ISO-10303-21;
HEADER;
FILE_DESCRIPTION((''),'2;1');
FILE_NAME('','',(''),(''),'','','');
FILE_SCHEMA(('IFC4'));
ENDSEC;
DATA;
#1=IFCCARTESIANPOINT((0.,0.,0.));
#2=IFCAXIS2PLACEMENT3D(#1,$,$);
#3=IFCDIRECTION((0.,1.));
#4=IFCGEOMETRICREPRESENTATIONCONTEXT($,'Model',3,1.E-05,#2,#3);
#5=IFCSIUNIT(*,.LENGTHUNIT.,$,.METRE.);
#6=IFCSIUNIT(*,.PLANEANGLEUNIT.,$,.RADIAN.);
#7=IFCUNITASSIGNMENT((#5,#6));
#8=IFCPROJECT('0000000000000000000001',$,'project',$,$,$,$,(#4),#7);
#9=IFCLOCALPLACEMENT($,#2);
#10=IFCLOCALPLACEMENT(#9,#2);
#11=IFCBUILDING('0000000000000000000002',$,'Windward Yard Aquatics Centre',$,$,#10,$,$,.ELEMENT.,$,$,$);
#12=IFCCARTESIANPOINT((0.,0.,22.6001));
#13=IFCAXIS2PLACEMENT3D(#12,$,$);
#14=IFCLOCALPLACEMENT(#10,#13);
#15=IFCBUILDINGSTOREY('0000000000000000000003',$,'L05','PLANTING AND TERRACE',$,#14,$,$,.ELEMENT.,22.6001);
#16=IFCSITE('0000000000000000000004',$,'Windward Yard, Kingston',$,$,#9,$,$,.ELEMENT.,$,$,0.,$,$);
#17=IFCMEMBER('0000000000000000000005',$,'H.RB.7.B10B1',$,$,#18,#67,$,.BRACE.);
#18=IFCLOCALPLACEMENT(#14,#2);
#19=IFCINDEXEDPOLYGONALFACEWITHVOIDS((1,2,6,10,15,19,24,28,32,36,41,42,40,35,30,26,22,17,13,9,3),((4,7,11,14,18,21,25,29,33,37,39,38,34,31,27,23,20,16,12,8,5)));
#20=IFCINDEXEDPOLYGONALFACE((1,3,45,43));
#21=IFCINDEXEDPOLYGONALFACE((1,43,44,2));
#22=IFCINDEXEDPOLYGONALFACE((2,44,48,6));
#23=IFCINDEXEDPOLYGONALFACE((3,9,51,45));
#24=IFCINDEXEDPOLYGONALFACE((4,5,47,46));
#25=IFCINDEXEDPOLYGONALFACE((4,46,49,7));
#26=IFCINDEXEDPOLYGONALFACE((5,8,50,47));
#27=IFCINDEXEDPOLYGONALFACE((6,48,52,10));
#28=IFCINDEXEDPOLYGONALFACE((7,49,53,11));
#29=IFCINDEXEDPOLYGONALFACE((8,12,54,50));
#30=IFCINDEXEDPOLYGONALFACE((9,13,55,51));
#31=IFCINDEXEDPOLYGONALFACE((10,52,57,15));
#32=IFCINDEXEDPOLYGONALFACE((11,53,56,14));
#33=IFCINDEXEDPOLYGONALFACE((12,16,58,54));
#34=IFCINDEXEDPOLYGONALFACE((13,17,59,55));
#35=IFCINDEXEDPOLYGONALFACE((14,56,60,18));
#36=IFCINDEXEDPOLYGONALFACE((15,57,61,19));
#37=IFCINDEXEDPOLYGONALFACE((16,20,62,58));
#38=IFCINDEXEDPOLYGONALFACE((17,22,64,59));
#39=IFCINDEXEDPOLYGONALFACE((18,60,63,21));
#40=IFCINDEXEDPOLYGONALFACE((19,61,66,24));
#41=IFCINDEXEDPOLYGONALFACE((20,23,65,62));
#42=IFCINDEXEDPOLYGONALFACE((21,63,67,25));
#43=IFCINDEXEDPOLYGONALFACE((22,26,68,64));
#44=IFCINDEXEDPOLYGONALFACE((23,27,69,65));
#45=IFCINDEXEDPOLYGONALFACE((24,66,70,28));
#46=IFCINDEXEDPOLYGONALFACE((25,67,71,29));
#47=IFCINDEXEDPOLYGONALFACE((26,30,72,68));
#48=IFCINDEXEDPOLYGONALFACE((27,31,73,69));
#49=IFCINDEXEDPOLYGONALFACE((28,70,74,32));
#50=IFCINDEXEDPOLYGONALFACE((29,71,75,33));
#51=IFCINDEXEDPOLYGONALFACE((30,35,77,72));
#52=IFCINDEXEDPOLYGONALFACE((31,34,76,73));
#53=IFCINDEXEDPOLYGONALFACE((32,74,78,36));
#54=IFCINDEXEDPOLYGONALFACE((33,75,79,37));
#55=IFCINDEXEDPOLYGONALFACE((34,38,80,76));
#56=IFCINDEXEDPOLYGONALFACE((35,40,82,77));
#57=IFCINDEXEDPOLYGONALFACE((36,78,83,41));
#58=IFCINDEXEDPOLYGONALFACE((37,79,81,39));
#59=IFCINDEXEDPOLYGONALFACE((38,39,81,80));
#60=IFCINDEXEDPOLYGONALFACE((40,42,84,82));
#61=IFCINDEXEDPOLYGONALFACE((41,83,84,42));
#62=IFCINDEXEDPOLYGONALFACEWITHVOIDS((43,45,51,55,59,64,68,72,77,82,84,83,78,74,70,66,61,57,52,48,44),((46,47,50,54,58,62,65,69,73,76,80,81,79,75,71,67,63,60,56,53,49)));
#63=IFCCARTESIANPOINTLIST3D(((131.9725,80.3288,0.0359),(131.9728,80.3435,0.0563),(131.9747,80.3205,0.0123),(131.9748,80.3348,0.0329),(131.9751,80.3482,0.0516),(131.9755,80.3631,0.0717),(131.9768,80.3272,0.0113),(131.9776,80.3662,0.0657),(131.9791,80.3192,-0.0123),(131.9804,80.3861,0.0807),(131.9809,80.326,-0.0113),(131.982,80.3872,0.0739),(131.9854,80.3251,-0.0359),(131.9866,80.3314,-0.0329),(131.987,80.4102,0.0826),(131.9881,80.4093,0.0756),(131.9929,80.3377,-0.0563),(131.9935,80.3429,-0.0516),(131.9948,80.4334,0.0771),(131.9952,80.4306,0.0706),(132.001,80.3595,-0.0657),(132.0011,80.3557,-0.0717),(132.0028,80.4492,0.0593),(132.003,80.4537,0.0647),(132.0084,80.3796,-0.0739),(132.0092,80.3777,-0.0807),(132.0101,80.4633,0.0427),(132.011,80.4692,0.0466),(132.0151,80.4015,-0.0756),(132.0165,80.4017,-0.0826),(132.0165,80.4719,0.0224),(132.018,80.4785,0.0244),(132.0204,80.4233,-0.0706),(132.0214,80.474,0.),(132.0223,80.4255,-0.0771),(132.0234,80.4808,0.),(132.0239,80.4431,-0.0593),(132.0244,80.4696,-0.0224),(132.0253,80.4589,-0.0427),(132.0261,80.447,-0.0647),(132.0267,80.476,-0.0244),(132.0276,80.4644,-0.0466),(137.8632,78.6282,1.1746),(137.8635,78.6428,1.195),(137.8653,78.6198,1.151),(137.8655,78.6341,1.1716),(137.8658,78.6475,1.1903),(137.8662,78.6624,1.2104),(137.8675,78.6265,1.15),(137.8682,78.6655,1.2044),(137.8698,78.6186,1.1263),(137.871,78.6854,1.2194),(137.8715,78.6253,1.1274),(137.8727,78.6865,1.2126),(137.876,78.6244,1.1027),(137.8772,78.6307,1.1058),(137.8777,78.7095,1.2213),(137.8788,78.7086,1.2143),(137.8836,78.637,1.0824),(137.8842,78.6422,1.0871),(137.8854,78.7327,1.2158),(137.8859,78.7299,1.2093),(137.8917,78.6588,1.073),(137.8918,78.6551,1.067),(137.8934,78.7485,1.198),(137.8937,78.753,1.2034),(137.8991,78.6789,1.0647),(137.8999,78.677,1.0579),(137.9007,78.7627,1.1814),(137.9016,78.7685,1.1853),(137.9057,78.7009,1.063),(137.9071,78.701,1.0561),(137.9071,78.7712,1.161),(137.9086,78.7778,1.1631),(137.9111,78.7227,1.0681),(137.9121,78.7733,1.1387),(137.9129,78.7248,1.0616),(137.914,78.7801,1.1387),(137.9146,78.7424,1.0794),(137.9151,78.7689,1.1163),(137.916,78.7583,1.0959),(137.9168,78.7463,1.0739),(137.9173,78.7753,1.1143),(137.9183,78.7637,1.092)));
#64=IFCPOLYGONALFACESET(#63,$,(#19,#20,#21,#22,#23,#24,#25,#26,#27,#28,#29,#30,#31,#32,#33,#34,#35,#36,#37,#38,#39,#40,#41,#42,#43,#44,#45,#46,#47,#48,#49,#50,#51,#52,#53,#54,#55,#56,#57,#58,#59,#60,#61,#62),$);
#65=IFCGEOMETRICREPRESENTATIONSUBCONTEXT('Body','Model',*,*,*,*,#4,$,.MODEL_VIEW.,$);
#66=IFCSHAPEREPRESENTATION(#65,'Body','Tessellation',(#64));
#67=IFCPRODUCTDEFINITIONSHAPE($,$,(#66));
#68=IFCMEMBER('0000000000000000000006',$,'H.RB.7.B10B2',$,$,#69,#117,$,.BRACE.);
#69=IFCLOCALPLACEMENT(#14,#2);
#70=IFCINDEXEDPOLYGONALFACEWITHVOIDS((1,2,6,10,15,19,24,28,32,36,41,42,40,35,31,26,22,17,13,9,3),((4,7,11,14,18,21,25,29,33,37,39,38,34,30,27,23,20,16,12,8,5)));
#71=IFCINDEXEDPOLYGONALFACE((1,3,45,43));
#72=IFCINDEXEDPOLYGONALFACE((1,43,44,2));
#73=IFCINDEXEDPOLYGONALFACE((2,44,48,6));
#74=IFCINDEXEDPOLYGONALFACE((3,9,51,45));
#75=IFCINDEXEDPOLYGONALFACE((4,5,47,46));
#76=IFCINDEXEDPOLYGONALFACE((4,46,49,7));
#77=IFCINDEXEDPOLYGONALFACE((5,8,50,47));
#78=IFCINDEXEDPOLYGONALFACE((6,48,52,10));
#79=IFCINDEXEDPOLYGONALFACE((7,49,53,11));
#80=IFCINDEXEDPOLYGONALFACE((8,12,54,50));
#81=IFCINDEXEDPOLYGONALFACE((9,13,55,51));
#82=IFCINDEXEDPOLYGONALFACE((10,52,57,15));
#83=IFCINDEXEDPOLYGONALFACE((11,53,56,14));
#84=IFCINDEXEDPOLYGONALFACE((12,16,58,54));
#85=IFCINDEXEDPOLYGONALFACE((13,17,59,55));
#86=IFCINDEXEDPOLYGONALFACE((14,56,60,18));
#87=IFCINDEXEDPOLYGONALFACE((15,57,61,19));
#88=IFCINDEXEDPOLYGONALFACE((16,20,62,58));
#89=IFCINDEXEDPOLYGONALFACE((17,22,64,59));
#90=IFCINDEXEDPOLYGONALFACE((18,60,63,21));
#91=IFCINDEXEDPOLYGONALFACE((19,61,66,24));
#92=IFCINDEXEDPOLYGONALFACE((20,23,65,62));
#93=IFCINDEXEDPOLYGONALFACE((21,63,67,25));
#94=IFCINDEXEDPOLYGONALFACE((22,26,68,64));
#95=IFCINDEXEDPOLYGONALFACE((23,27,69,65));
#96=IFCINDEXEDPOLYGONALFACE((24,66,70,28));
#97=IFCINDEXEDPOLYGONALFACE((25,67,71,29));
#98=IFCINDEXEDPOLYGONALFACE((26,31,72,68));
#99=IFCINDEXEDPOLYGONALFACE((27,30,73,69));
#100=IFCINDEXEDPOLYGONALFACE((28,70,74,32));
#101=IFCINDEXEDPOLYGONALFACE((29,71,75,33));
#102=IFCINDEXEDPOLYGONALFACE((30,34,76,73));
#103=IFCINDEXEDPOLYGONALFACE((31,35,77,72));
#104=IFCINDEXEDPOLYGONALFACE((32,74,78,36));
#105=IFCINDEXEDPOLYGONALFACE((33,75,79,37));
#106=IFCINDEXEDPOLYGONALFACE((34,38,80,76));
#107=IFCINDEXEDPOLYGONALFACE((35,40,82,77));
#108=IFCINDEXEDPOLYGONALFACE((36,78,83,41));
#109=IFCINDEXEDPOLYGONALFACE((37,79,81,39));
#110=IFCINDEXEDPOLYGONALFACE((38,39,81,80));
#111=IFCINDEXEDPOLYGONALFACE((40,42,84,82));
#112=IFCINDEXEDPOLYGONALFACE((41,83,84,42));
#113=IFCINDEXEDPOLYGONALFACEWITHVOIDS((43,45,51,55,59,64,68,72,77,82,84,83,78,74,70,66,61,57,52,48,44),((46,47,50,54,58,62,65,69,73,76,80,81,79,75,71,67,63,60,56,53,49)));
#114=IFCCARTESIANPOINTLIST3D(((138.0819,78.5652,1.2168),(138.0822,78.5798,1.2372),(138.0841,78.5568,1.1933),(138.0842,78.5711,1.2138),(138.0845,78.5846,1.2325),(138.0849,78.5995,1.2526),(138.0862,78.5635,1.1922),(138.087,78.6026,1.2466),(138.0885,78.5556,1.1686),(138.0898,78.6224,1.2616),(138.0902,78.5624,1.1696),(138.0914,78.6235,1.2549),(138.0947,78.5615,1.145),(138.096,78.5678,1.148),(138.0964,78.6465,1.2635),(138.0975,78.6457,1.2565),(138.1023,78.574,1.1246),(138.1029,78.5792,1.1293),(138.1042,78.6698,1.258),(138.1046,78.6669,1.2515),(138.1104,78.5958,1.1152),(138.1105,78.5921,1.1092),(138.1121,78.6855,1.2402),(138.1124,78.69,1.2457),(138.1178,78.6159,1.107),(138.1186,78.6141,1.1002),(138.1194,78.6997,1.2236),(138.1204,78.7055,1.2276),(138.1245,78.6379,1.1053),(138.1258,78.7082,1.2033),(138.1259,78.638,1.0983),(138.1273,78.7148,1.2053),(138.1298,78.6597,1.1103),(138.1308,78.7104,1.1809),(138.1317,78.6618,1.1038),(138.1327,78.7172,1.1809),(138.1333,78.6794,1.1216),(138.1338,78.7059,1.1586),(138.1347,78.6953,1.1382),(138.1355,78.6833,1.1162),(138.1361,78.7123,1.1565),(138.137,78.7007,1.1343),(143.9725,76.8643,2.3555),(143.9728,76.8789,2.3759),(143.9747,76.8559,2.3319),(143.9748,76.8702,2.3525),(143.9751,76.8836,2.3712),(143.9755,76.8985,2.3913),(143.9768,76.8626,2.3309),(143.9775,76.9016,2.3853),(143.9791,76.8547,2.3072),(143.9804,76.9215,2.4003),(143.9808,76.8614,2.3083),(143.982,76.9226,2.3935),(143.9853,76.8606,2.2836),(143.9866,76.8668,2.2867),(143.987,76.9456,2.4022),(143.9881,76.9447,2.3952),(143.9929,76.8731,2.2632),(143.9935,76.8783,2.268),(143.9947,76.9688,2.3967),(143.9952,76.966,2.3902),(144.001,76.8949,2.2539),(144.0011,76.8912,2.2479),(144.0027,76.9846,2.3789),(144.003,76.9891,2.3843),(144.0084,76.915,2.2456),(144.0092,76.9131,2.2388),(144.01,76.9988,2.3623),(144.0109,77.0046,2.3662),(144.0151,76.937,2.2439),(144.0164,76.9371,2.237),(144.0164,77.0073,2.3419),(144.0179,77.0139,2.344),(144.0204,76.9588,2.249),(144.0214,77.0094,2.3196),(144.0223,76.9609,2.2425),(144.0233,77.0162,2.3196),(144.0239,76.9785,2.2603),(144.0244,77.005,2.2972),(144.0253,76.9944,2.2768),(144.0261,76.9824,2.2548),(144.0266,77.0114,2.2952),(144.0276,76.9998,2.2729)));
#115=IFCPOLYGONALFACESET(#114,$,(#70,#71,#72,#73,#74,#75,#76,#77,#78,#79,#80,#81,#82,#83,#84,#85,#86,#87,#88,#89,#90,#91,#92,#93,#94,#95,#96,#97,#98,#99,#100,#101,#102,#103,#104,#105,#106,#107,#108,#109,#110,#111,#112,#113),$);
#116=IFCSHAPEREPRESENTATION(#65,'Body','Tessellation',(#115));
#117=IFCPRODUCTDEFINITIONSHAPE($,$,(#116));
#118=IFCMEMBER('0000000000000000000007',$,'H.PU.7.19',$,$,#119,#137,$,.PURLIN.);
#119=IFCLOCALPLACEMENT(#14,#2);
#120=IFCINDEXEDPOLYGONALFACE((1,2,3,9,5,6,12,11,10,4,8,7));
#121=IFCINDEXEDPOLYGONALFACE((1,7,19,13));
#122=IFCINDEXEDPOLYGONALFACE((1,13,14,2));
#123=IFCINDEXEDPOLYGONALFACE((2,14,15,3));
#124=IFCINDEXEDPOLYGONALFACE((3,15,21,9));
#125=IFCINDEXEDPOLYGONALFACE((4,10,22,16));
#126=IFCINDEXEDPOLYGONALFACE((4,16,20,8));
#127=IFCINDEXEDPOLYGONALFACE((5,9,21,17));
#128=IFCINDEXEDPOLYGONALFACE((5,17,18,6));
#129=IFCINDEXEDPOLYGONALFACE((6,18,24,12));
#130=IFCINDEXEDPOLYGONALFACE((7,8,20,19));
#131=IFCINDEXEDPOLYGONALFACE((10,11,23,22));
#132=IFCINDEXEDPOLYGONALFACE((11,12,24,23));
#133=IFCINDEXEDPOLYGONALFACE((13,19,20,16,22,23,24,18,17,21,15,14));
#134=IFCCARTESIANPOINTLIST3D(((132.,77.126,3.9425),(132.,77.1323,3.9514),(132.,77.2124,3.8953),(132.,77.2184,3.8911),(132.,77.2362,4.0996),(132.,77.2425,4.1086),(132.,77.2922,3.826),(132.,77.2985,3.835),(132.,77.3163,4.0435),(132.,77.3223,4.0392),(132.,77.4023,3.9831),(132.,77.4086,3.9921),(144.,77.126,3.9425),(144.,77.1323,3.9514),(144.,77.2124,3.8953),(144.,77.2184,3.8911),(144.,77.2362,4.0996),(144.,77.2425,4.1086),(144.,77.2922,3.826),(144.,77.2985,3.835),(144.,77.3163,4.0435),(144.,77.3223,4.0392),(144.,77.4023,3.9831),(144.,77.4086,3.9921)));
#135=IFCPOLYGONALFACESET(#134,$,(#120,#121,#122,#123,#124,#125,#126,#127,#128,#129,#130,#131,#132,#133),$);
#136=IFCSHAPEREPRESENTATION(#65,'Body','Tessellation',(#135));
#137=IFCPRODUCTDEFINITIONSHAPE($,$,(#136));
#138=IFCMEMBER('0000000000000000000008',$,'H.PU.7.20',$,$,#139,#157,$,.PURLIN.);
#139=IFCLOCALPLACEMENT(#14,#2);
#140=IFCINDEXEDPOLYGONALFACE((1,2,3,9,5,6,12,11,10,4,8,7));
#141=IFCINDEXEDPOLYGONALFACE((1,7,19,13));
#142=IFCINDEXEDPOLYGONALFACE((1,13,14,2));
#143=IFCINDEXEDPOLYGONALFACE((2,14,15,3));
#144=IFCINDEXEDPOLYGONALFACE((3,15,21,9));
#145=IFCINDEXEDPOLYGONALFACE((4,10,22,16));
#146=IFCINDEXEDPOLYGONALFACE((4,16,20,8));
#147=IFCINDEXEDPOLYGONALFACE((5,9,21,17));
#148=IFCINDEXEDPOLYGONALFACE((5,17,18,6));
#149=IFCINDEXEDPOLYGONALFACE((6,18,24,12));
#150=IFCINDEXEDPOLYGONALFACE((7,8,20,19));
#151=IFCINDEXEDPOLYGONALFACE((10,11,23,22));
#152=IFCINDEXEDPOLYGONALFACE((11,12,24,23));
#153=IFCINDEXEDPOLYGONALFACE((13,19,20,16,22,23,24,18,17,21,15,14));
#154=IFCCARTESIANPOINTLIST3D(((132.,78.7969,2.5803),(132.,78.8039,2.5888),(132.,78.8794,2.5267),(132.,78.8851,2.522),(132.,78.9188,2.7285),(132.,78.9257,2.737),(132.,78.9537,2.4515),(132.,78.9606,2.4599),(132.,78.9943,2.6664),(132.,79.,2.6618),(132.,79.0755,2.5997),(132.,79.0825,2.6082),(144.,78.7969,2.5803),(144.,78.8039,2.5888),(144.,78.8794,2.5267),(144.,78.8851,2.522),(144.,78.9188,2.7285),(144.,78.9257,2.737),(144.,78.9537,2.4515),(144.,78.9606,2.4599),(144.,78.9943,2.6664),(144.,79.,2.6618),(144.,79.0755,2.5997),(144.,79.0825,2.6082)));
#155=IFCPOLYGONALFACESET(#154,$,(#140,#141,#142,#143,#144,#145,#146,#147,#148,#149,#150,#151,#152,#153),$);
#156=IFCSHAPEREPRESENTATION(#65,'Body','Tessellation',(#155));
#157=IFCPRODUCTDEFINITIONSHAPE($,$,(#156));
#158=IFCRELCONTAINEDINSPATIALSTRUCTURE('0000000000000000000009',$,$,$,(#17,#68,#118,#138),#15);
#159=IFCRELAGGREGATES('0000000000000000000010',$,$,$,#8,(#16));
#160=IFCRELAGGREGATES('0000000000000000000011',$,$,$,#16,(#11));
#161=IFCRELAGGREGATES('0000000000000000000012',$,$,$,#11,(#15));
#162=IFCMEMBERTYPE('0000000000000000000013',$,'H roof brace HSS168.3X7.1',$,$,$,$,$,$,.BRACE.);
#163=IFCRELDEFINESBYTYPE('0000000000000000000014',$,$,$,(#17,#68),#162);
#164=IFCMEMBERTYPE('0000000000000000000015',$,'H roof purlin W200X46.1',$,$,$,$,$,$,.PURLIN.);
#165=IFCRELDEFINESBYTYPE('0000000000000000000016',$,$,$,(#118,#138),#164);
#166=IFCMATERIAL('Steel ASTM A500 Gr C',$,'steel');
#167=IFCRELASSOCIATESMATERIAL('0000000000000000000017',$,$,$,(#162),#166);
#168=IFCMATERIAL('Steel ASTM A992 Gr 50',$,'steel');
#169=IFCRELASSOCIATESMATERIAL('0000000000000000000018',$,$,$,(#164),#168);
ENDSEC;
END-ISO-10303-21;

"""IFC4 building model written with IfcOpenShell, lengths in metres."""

from ifc_helpers import new_model, si_unit, direction, frame, origin, origin_2d, place, context, subcontext, project, spatial, hollow_circle, i_section, extrude, material, material_profile, profile_set, type_object, element, save


model = new_model("IFC4")

# Units and contexts
model_context = context("Model", 3, precision=1e-05, world=origin(), true_north=direction((0.0, 1.0)))
body_context = subcontext(model_context, "Body", "Model", "MODEL_VIEW")
ifc_project = project(units=[si_unit("LENGTHUNIT", "METRE"), si_unit("PLANEANGLEUNIT", "RADIAN")], contexts=[model_context])

# Site, building, storey
site_placement = place(None, origin())
site = spatial("IfcSite", under=ifc_project, at=site_placement, Name="Windward Yard, Kingston", CompositionType="ELEMENT", RefElevation=0.0)
building_placement = place(site_placement, origin())
building = spatial("IfcBuilding", under=site, at=building_placement, Name="Windward Yard Aquatics Centre", CompositionType="ELEMENT")
storey_placement = place(building_placement, frame((0.0, 0.0, 22.6001)))
storey = spatial("IfcBuildingStorey", under=building, at=storey_placement, Name="L05", Description="PLANTING AND TERRACE", CompositionType="ELEMENT", Elevation=22.6001)

# Shared definitions
ifc_material_1 = material(Name="Steel ASTM A500 Gr C", Category="steel")

# Shared definitions
ifc_material_2 = material(Name="Steel ASTM A992 Gr 50", Category="steel")

# Members
ifc_material_profile_1 = material_profile(ifc_material_1, hollow_circle(Radius=0.0842, WallThickness=0.0071, at=origin_2d()), Name="HSS168.3X7.1")
ifc_profile_set_1 = profile_set([ifc_material_profile_1], Name="Steel ASTM A500 Gr C")
member_type_1 = type_object("IfcMemberType", Name="H roof brace HSS168.3X7.1", PredefinedType="BRACE", material=ifc_profile_set_1)
for number, where, z_axis, x_axis, name in (
    (1, (132.0, 80.3999, 0.0), (0.944608, -0.272718, 0.182595), (0.277381, 0.96076, 0.0), "H.RB.7.B10B1"),
    (2, (138.1094, 78.6362, 1.1809), (0.944598, -0.272754, 0.182593), (0.277418, 0.960749, 0.0), "H.RB.7.B10B2"),
):
    element("IfcMember", number, at=place(storey_placement, frame(where, z_axis=z_axis, x_axis=x_axis)), inside=storey, type_object=member_type_1, Name=name, PredefinedType="BRACE", context=body_context, shape_type="SweptSolid", body=[
        extrude(hollow_circle(Radius=0.0842, WallThickness=0.0071, at=origin_2d()), origin(), (0.0, 0.0, 1.0), 6.2361),
    ])
ifc_material_profile_2 = material_profile(ifc_material_2, i_section(OverallWidth=0.2029, OverallDepth=0.2029, WebThickness=0.0073, FlangeThickness=0.011, at=origin_2d()), Name="W200X46.1")
ifc_profile_set_2 = profile_set([ifc_material_profile_2], Name="Steel ASTM A992 Gr 50")
member_type_2 = type_object("IfcMemberType", Name="H roof purlin W200X46.1", PredefinedType="PURLIN", material=ifc_profile_set_2)
for number, where, z_axis, x_axis, name in (
    (3, (132.0, 77.2673, 3.9673), (1.0, 0.0, 0.0), (0.0, 0.818831, -0.574035), "H.PU.7.19"),
    (4, (132.0, 78.9397, 2.5942), (1.0, 0.0, 0.0), (0.0, 0.772611, -0.63488), "H.PU.7.20"),
):
    element("IfcMember", number, at=place(storey_placement, frame(where, z_axis=z_axis, x_axis=x_axis)), inside=storey, type_object=member_type_2, Name=name, PredefinedType="PURLIN", context=body_context, shape_type="SweptSolid", body=[
        extrude(i_section(OverallWidth=0.2029, OverallDepth=0.2029, WebThickness=0.0073, FlangeThickness=0.011, at=origin_2d()), origin(), (0.0, 0.0, 1.0), 12.0),
    ])

save(model, "model.ifc")
